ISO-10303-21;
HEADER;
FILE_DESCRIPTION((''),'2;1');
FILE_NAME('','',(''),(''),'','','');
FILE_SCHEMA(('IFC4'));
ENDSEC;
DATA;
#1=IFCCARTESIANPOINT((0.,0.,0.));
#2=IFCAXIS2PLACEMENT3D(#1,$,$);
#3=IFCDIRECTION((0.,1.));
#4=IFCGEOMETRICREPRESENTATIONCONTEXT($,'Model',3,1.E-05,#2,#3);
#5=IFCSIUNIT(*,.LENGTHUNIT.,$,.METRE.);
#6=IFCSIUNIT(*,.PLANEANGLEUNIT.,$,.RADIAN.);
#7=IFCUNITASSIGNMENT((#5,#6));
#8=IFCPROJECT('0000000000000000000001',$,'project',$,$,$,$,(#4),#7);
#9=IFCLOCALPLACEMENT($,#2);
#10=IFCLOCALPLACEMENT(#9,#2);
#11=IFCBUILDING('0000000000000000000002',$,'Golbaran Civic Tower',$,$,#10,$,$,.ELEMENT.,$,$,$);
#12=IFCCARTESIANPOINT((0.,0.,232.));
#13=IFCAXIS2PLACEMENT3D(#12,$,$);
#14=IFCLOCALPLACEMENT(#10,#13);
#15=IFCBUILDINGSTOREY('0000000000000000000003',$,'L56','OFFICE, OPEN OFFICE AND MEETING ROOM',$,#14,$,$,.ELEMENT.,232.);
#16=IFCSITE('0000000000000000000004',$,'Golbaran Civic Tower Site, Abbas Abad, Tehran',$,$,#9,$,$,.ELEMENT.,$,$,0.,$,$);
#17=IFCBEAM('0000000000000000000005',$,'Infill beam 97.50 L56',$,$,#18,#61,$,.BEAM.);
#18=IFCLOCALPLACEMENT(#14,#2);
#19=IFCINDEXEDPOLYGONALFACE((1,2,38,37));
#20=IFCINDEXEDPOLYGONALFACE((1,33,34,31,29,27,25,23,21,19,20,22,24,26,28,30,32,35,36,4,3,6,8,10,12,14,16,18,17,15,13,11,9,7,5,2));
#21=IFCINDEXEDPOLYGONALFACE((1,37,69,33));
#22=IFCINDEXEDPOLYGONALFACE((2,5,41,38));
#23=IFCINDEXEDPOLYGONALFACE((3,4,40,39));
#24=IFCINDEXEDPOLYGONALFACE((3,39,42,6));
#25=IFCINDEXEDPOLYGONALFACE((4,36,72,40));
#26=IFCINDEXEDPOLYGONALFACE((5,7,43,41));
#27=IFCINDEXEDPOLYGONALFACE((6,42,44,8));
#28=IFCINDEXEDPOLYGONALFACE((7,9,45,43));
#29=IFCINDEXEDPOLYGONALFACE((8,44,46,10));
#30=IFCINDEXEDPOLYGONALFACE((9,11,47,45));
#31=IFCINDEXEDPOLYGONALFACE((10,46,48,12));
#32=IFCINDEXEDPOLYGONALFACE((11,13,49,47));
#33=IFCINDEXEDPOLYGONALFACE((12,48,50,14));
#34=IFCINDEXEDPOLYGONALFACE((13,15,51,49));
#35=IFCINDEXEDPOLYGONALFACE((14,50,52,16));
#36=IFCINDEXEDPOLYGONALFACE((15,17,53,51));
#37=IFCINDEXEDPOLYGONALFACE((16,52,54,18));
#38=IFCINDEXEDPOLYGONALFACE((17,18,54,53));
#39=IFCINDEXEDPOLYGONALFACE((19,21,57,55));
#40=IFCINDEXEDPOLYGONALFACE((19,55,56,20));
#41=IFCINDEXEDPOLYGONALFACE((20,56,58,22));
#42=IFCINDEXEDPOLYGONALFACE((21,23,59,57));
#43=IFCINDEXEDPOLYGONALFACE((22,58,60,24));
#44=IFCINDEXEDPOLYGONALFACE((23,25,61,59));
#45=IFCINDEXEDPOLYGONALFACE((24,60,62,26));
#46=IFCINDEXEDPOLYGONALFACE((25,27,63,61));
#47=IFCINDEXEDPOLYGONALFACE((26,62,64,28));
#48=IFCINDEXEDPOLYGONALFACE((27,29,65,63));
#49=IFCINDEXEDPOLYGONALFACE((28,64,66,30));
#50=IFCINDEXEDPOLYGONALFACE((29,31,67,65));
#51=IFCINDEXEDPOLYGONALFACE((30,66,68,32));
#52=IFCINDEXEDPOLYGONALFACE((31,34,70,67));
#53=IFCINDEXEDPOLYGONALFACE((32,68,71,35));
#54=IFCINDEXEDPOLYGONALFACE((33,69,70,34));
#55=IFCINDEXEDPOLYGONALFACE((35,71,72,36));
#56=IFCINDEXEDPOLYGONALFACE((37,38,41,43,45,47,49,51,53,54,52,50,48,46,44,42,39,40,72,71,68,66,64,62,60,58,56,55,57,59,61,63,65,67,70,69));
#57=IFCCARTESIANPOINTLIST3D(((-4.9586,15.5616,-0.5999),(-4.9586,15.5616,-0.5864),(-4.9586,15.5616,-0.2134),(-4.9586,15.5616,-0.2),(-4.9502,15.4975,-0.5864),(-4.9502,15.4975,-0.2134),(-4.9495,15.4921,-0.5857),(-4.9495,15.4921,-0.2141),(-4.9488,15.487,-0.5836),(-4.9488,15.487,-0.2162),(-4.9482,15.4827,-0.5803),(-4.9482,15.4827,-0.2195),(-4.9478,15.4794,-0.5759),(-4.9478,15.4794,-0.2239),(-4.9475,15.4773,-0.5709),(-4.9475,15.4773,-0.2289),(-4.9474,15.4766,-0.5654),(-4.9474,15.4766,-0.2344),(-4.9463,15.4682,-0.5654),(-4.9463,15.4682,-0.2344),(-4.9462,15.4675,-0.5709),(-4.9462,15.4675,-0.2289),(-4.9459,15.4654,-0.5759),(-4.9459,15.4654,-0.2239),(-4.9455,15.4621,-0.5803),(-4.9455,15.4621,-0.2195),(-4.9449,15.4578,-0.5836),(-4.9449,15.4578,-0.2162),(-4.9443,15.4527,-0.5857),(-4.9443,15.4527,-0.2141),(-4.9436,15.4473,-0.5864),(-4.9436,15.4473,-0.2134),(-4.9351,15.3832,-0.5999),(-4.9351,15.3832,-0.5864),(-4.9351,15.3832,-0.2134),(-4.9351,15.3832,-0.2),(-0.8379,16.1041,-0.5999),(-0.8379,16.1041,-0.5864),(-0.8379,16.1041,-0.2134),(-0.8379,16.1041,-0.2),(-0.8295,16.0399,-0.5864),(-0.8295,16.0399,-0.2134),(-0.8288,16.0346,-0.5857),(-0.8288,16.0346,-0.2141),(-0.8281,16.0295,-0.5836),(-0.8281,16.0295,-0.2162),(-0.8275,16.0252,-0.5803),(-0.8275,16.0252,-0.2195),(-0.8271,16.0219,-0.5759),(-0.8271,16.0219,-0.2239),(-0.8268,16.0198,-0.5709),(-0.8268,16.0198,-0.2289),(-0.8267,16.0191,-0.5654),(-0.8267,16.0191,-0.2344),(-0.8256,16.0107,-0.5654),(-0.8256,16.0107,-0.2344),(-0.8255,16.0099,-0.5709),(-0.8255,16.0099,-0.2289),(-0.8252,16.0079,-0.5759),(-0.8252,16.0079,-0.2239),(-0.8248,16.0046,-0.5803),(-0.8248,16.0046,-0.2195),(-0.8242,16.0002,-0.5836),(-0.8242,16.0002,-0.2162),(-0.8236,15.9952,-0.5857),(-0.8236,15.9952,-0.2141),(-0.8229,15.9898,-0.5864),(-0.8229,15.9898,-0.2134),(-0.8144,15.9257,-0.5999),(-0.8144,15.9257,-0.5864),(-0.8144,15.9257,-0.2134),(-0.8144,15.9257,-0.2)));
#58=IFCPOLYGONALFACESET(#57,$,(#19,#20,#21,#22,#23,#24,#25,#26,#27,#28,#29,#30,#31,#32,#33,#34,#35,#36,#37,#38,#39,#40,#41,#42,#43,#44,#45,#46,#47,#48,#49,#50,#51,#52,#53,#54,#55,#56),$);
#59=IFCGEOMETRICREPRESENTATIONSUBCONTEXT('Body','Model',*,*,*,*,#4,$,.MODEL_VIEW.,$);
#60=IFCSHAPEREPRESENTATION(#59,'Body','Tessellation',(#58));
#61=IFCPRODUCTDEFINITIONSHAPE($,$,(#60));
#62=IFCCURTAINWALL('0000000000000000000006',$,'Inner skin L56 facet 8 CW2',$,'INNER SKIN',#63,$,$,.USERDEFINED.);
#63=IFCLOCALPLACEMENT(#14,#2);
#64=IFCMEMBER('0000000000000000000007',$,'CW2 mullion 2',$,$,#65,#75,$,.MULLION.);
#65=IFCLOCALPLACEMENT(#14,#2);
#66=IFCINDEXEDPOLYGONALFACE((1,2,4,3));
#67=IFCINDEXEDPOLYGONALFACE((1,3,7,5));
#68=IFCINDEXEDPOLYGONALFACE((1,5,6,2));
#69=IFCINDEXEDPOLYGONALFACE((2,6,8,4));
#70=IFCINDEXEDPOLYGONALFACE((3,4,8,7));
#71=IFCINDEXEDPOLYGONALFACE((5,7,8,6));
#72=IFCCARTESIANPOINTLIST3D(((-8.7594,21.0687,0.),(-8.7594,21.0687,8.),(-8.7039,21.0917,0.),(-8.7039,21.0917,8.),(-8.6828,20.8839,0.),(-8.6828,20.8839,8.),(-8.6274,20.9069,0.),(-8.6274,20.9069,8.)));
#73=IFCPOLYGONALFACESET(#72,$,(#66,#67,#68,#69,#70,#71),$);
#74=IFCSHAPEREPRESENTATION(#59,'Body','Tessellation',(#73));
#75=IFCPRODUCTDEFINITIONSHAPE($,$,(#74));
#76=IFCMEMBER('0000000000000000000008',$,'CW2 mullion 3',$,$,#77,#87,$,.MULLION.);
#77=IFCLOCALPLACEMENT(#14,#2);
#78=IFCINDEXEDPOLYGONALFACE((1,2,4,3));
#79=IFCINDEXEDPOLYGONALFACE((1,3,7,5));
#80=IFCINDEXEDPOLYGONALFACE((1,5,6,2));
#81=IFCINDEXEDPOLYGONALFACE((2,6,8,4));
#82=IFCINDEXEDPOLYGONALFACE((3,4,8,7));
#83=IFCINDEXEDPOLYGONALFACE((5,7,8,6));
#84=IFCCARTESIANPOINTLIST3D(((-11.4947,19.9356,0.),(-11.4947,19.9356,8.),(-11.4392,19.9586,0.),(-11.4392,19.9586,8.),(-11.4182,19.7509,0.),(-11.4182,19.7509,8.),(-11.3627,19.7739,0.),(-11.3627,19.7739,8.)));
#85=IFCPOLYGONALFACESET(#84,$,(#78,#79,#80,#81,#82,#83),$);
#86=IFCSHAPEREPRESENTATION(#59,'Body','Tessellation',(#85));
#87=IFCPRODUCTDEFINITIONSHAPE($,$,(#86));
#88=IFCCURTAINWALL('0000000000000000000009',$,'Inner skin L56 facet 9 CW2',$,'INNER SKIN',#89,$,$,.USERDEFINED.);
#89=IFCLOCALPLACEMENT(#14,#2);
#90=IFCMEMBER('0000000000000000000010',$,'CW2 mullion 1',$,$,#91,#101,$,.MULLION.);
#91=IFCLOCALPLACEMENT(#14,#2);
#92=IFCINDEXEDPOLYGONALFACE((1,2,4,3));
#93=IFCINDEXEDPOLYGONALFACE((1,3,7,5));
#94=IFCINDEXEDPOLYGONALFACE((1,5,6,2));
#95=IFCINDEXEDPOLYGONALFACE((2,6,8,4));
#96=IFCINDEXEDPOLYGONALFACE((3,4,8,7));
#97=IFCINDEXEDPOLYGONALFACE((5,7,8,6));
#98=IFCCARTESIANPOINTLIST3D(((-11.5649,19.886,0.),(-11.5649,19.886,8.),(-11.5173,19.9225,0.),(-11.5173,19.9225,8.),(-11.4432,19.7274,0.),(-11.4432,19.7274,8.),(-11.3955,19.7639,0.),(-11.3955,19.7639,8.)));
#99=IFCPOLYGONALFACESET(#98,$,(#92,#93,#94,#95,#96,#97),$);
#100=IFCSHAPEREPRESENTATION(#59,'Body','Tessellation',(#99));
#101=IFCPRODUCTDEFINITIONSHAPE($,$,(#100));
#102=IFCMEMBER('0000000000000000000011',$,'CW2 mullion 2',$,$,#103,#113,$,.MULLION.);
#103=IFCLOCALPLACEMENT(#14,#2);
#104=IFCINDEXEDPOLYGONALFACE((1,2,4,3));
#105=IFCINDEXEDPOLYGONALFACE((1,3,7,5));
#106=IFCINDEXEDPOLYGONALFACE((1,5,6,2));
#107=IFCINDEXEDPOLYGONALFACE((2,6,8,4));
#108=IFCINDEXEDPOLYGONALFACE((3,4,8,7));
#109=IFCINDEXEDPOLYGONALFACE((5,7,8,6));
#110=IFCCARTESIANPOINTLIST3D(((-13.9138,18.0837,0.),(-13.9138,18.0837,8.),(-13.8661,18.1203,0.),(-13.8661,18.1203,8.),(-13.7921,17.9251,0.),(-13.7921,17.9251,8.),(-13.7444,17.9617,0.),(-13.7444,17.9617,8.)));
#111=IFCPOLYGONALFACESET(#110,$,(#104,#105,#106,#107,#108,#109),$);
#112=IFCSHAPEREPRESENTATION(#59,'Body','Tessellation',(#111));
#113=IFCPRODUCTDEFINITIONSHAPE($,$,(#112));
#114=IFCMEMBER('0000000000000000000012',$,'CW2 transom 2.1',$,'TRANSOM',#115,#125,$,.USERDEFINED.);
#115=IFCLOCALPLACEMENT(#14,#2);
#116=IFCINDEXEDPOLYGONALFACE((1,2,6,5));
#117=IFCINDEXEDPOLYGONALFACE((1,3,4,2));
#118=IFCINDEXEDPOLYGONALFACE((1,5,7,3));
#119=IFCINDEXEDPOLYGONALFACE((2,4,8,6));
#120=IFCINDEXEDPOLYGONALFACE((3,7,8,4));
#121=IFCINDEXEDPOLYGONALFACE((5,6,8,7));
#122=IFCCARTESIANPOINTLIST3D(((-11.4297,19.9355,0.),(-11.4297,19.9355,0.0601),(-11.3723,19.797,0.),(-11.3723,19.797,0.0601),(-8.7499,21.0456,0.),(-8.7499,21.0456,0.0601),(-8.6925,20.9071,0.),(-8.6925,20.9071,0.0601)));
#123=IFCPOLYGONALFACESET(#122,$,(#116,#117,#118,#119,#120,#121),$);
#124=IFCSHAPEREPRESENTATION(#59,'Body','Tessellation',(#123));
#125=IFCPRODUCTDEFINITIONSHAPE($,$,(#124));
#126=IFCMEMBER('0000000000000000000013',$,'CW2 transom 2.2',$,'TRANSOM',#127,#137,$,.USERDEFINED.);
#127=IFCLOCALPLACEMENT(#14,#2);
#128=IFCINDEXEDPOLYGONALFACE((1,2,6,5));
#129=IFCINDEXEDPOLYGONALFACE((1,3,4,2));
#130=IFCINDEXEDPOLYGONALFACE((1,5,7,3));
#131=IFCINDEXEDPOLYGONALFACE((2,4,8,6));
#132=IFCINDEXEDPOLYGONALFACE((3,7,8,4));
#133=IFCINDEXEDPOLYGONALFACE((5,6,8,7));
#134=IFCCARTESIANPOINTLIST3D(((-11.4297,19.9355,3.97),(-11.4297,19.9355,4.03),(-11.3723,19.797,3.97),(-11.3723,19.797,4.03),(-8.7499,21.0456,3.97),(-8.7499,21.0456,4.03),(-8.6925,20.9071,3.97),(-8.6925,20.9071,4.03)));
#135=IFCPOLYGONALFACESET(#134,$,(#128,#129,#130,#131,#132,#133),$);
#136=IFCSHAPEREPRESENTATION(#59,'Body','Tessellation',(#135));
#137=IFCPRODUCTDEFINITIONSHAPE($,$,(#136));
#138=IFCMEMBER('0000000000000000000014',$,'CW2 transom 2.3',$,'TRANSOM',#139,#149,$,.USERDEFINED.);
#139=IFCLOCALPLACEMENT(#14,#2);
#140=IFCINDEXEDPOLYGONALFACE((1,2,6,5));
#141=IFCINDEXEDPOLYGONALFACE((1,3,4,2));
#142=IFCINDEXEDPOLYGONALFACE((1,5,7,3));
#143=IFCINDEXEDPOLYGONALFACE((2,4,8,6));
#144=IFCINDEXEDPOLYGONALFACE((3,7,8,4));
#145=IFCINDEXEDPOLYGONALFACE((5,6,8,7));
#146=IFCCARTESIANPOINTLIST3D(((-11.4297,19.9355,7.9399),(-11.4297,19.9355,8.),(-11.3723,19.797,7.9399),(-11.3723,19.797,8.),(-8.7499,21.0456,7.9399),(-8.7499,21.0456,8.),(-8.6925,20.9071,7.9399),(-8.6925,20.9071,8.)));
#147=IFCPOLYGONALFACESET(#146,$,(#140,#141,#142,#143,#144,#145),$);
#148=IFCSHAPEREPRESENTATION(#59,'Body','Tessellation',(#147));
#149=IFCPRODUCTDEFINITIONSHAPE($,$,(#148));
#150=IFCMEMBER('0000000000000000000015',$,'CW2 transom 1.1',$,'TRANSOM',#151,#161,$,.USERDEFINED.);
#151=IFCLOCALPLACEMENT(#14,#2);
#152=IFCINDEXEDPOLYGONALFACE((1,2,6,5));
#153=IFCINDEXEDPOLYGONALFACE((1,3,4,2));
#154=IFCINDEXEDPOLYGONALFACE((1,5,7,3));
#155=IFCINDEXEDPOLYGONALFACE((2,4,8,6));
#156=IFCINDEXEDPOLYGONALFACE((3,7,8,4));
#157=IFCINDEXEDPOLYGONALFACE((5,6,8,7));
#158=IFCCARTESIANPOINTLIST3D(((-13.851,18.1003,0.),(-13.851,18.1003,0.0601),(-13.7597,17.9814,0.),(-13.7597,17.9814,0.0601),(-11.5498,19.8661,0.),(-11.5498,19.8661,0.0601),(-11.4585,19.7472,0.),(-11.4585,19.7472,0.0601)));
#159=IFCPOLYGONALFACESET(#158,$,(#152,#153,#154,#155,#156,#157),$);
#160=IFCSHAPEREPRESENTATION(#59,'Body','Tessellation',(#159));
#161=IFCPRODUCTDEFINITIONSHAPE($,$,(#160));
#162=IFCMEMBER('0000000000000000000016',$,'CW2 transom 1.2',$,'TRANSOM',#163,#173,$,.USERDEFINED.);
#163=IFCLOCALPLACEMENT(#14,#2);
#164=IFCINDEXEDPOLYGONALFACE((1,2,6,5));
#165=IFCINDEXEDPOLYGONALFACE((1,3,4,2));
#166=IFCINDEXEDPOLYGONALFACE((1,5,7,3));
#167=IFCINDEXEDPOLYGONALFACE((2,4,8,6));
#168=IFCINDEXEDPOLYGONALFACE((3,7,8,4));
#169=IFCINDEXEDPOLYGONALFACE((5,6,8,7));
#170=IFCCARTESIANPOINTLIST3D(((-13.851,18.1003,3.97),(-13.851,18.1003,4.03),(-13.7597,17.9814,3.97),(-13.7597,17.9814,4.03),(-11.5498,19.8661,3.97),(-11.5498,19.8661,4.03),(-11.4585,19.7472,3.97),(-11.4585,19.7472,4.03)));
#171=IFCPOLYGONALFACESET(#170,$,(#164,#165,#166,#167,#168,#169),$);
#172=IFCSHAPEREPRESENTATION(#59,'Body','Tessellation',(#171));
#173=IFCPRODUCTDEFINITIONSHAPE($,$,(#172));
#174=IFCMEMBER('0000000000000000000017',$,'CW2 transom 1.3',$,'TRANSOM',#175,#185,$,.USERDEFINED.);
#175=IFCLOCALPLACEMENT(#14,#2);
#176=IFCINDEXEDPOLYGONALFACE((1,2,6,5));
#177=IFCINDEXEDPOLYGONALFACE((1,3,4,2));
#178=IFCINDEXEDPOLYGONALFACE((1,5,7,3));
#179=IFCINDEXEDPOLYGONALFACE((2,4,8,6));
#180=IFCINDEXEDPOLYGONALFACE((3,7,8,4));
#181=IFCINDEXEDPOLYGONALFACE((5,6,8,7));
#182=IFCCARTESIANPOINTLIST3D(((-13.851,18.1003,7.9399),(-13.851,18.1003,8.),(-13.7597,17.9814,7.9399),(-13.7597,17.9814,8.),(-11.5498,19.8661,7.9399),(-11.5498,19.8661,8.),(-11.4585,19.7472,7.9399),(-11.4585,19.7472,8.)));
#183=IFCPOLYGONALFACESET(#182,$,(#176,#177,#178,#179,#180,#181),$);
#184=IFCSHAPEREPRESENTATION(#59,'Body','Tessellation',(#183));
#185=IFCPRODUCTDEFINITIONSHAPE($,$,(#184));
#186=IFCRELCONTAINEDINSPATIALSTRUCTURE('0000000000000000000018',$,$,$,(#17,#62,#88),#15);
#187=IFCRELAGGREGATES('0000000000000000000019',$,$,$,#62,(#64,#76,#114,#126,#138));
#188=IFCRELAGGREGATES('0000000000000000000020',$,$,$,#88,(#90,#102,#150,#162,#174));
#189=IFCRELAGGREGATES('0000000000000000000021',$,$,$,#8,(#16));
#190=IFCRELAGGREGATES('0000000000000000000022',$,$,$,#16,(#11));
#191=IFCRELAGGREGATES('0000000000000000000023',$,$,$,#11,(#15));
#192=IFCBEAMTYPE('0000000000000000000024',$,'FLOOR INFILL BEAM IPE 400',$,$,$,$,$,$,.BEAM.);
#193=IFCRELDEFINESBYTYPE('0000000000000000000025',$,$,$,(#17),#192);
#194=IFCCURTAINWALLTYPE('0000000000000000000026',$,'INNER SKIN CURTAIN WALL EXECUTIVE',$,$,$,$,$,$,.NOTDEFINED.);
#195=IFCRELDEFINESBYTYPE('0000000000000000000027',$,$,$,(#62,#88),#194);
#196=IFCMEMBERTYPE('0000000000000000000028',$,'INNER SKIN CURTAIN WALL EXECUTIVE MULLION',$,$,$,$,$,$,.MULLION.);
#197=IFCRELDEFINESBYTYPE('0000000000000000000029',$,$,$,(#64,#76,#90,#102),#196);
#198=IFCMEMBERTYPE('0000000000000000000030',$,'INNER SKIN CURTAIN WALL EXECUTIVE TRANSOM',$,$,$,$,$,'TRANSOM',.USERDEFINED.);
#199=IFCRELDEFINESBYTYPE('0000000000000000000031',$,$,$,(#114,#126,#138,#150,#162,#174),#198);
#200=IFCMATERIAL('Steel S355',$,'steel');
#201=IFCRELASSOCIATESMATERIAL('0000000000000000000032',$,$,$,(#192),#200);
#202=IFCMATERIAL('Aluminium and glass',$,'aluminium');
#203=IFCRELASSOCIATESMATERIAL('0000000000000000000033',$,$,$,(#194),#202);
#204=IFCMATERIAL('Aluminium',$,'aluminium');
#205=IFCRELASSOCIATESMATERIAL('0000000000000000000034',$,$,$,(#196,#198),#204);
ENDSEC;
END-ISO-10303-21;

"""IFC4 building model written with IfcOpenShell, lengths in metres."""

from ifc_helpers import new_model, si_unit, direction, frame, origin, origin_2d, place, context, subcontext, project, spatial, rectangle, i_section, extrude, material, material_profile, profile_set, type_object, element, aggregate, save


model = new_model("IFC4")

# Units and contexts
model_context = context("Model", 3, precision=1e-05, world=origin(), true_north=direction((0.0, 1.0)))
body_context = subcontext(model_context, "Body", "Model", "MODEL_VIEW")
ifc_project = project(units=[si_unit("LENGTHUNIT", "METRE"), si_unit("PLANEANGLEUNIT", "RADIAN")], contexts=[model_context])

# Site, building, storey
site_placement = place(None, origin())
site = spatial("IfcSite", under=ifc_project, at=site_placement, Name="Golbaran Civic Tower Site, Abbas Abad, Tehran", CompositionType="ELEMENT", RefElevation=0.0)
building_placement = place(site_placement, origin())
building = spatial("IfcBuilding", under=site, at=building_placement, Name="Golbaran Civic Tower", CompositionType="ELEMENT")
storey_placement = place(building_placement, frame((0.0, 0.0, 232.0)))
storey = spatial("IfcBuildingStorey", under=building, at=storey_placement, Name="L56", Description="OFFICE, OPEN OFFICE AND MEETING ROOM", CompositionType="ELEMENT", Elevation=232.0)

# Beam
ifc_material_1 = material(Name="Steel S355", Category="steel")
ifc_material_profile_1 = material_profile(ifc_material_1, i_section(OverallWidth=0.1799, OverallDepth=0.3999, WebThickness=0.0085, FlangeThickness=0.0134, FilletRadius=0.021, at=origin_2d()), Name="IPE 400")
ifc_profile_set_1 = profile_set([ifc_material_profile_1], Name="Steel S355")
beam_type = type_object("IfcBeamType", Name="FLOOR INFILL BEAM IPE 400", PredefinedType="BEAM", material=ifc_profile_set_1)
beam_placement = place(storey_placement, frame((-0.8262, 16.0149, -0.3999), z_axis=(-0.991445, -0.130524, 0.0), x_axis=(0.130524, -0.991445, 0.0)))
element("IfcBeam", 1, at=beam_placement, inside=storey, type_object=beam_type, Name="Infill beam 97.50 L56", PredefinedType="BEAM", context=body_context, shape_type="SweptSolid", body=[
    extrude(i_section(OverallWidth=0.1799, OverallDepth=0.3999, WebThickness=0.0085, FlangeThickness=0.0134, FilletRadius=0.021, at=origin_2d()), origin(), (0.0, 0.0, 1.0), 4.1562),
])

# Curtain walls, members
ifc_material_2 = material(Name="Aluminium and glass", Category="aluminium")
curtain_wall_type = type_object("IfcCurtainWallType", Name="INNER SKIN CURTAIN WALL EXECUTIVE", PredefinedType="NOTDEFINED", material=ifc_material_2)
curtain_wall_1_placement = place(storey_placement, origin())
curtain_wall_1 = element("IfcCurtainWall", 2, at=curtain_wall_1_placement, inside=storey, type_object=curtain_wall_type, Name="Inner skin L56 facet 8 CW2", ObjectType="INNER SKIN", PredefinedType="USERDEFINED")
ifc_material_3 = material(Name="Aluminium", Category="aluminium")
ifc_material_profile_2 = material_profile(ifc_material_3, rectangle(XDim=0.2, YDim=0.0601, at=origin_2d()), Name="INNER SKIN CURTAIN WALL EXECUTIVE MULLION")
ifc_profile_set_2 = profile_set([ifc_material_profile_2], Name="Aluminium")
member_type_1 = type_object("IfcMemberType", Name="INNER SKIN CURTAIN WALL EXECUTIVE MULLION", PredefinedType="MULLION", material=ifc_profile_set_2)
member_1_placement = place(storey_placement, frame((-8.6934, 20.9878, 0.0), z_axis=(0.0, 0.0, 1.0), x_axis=(0.382683, -0.92388, 0.0)))
member_1 = element("IfcMember", 3, at=member_1_placement, type_object=member_type_1, Name="CW2 mullion 2", PredefinedType="MULLION", context=body_context, shape_type="SweptSolid", body=[
    extrude(rectangle(XDim=0.2, YDim=0.0601, at=origin_2d()), origin(), (0.0, 0.0, 1.0), 8.0),
])
member_2_placement = place(storey_placement, frame((-11.4287, 19.8547, 0.0), z_axis=(0.0, 0.0, 1.0), x_axis=(0.382683, -0.92388, 0.0)))
member_2 = element("IfcMember", 4, at=member_2_placement, type_object=member_type_1, Name="CW2 mullion 3", PredefinedType="MULLION", context=body_context, shape_type="SweptSolid", body=[
    extrude(rectangle(XDim=0.2, YDim=0.0601, at=origin_2d()), origin(), (0.0, 0.0, 1.0), 8.0),
])
curtain_wall_2_placement = place(storey_placement, origin())
curtain_wall_2 = element("IfcCurtainWall", 5, at=curtain_wall_2_placement, inside=storey, type_object=curtain_wall_type, Name="Inner skin L56 facet 9 CW2", ObjectType="INNER SKIN", PredefinedType="USERDEFINED")
member_3_placement = place(storey_placement, frame((-11.4802, 19.825, 0.0), z_axis=(0.0, 0.0, 1.0), x_axis=(0.608761, -0.793353, 0.0)))
member_3 = element("IfcMember", 6, at=member_3_placement, type_object=member_type_1, Name="CW2 mullion 1", PredefinedType="MULLION", context=body_context, shape_type="SweptSolid", body=[
    extrude(rectangle(XDim=0.2, YDim=0.0601, at=origin_2d()), origin(), (0.0, 0.0, 1.0), 8.0),
])
member_4_placement = place(storey_placement, frame((-13.8291, 18.0227, 0.0), z_axis=(0.0, 0.0, 1.0), x_axis=(0.608761, -0.793353, 0.0)))
member_4 = element("IfcMember", 7, at=member_4_placement, type_object=member_type_1, Name="CW2 mullion 2", PredefinedType="MULLION", context=body_context, shape_type="SweptSolid", body=[
    extrude(rectangle(XDim=0.2, YDim=0.0601, at=origin_2d()), origin(), (0.0, 0.0, 1.0), 8.0),
])

# Members
ifc_material_profile_3 = material_profile(ifc_material_3, rectangle(XDim=0.1499, YDim=0.0601, at=origin_2d()), Name="INNER SKIN CURTAIN WALL EXECUTIVE TRANSOM")
ifc_profile_set_3 = profile_set([ifc_material_profile_3], Name="Aluminium")
member_type_2 = type_object("IfcMemberType", Name="INNER SKIN CURTAIN WALL EXECUTIVE TRANSOM", ElementType="TRANSOM", PredefinedType="USERDEFINED", material=ifc_profile_set_3)
member_5_placement = place(storey_placement, frame((-8.7212, 20.9763, 0.03), z_axis=(-0.923874, -0.382696, 0.0), x_axis=(0.382696, -0.923874, 0.0)))
member_5 = element("IfcMember", 8, at=member_5_placement, type_object=member_type_2, Name="CW2 transom 2.1", ObjectType="TRANSOM", PredefinedType="USERDEFINED", context=body_context, shape_type="SweptSolid", body=[
    extrude(rectangle(XDim=0.1499, YDim=0.0601, at=origin_2d()), origin(), (0.0, 0.0, 1.0), 2.9006),
])
member_6_placement = place(storey_placement, frame((-8.7212, 20.9763, 4.0), z_axis=(-0.923874, -0.382696, 0.0), x_axis=(0.382696, -0.923874, 0.0)))
member_6 = element("IfcMember", 9, at=member_6_placement, type_object=member_type_2, Name="CW2 transom 2.2", ObjectType="TRANSOM", PredefinedType="USERDEFINED", context=body_context, shape_type="SweptSolid", body=[
    extrude(rectangle(XDim=0.1499, YDim=0.0601, at=origin_2d()), origin(), (0.0, 0.0, 1.0), 2.9006),
])
member_7_placement = place(storey_placement, frame((-8.7212, 20.9763, 7.97), z_axis=(-0.923874, -0.382696, 0.0), x_axis=(0.382696, -0.923874, 0.0)))
member_7 = element("IfcMember", 10, at=member_7_placement, type_object=member_type_2, Name="CW2 transom 2.3", ObjectType="TRANSOM", PredefinedType="USERDEFINED", context=body_context, shape_type="SweptSolid", body=[
    extrude(rectangle(XDim=0.1499, YDim=0.0601, at=origin_2d()), origin(), (0.0, 0.0, 1.0), 2.9006),
])
member_8_placement = place(storey_placement, frame((-11.5042, 19.8066, 0.03), z_axis=(-0.793346, -0.608771, 0.0), x_axis=(0.608771, -0.793346, 0.0)))
member_8 = element("IfcMember", 11, at=member_8_placement, type_object=member_type_2, Name="CW2 transom 1.1", ObjectType="TRANSOM", PredefinedType="USERDEFINED", context=body_context, shape_type="SweptSolid", body=[
    extrude(rectangle(XDim=0.1499, YDim=0.0601, at=origin_2d()), origin(), (0.0, 0.0, 1.0), 2.9006),
])
member_9_placement = place(storey_placement, frame((-11.5042, 19.8066, 4.0), z_axis=(-0.793346, -0.608771, 0.0), x_axis=(0.608771, -0.793346, 0.0)))
member_9 = element("IfcMember", 12, at=member_9_placement, type_object=member_type_2, Name="CW2 transom 1.2", ObjectType="TRANSOM", PredefinedType="USERDEFINED", context=body_context, shape_type="SweptSolid", body=[
    extrude(rectangle(XDim=0.1499, YDim=0.0601, at=origin_2d()), origin(), (0.0, 0.0, 1.0), 2.9006),
])
member_10_placement = place(storey_placement, frame((-11.5042, 19.8066, 7.97), z_axis=(-0.793346, -0.608771, 0.0), x_axis=(0.608771, -0.793346, 0.0)))
member_10 = element("IfcMember", 13, at=member_10_placement, type_object=member_type_2, Name="CW2 transom 1.3", ObjectType="TRANSOM", PredefinedType="USERDEFINED", context=body_context, shape_type="SweptSolid", body=[
    extrude(rectangle(XDim=0.1499, YDim=0.0601, at=origin_2d()), origin(), (0.0, 0.0, 1.0), 2.9006),
])

aggregate(curtain_wall_1, [member_1, member_2, member_5, member_6, member_7])
aggregate(curtain_wall_2, [member_3, member_4, member_8, member_9, member_10])

save(model, "model.ifc")
